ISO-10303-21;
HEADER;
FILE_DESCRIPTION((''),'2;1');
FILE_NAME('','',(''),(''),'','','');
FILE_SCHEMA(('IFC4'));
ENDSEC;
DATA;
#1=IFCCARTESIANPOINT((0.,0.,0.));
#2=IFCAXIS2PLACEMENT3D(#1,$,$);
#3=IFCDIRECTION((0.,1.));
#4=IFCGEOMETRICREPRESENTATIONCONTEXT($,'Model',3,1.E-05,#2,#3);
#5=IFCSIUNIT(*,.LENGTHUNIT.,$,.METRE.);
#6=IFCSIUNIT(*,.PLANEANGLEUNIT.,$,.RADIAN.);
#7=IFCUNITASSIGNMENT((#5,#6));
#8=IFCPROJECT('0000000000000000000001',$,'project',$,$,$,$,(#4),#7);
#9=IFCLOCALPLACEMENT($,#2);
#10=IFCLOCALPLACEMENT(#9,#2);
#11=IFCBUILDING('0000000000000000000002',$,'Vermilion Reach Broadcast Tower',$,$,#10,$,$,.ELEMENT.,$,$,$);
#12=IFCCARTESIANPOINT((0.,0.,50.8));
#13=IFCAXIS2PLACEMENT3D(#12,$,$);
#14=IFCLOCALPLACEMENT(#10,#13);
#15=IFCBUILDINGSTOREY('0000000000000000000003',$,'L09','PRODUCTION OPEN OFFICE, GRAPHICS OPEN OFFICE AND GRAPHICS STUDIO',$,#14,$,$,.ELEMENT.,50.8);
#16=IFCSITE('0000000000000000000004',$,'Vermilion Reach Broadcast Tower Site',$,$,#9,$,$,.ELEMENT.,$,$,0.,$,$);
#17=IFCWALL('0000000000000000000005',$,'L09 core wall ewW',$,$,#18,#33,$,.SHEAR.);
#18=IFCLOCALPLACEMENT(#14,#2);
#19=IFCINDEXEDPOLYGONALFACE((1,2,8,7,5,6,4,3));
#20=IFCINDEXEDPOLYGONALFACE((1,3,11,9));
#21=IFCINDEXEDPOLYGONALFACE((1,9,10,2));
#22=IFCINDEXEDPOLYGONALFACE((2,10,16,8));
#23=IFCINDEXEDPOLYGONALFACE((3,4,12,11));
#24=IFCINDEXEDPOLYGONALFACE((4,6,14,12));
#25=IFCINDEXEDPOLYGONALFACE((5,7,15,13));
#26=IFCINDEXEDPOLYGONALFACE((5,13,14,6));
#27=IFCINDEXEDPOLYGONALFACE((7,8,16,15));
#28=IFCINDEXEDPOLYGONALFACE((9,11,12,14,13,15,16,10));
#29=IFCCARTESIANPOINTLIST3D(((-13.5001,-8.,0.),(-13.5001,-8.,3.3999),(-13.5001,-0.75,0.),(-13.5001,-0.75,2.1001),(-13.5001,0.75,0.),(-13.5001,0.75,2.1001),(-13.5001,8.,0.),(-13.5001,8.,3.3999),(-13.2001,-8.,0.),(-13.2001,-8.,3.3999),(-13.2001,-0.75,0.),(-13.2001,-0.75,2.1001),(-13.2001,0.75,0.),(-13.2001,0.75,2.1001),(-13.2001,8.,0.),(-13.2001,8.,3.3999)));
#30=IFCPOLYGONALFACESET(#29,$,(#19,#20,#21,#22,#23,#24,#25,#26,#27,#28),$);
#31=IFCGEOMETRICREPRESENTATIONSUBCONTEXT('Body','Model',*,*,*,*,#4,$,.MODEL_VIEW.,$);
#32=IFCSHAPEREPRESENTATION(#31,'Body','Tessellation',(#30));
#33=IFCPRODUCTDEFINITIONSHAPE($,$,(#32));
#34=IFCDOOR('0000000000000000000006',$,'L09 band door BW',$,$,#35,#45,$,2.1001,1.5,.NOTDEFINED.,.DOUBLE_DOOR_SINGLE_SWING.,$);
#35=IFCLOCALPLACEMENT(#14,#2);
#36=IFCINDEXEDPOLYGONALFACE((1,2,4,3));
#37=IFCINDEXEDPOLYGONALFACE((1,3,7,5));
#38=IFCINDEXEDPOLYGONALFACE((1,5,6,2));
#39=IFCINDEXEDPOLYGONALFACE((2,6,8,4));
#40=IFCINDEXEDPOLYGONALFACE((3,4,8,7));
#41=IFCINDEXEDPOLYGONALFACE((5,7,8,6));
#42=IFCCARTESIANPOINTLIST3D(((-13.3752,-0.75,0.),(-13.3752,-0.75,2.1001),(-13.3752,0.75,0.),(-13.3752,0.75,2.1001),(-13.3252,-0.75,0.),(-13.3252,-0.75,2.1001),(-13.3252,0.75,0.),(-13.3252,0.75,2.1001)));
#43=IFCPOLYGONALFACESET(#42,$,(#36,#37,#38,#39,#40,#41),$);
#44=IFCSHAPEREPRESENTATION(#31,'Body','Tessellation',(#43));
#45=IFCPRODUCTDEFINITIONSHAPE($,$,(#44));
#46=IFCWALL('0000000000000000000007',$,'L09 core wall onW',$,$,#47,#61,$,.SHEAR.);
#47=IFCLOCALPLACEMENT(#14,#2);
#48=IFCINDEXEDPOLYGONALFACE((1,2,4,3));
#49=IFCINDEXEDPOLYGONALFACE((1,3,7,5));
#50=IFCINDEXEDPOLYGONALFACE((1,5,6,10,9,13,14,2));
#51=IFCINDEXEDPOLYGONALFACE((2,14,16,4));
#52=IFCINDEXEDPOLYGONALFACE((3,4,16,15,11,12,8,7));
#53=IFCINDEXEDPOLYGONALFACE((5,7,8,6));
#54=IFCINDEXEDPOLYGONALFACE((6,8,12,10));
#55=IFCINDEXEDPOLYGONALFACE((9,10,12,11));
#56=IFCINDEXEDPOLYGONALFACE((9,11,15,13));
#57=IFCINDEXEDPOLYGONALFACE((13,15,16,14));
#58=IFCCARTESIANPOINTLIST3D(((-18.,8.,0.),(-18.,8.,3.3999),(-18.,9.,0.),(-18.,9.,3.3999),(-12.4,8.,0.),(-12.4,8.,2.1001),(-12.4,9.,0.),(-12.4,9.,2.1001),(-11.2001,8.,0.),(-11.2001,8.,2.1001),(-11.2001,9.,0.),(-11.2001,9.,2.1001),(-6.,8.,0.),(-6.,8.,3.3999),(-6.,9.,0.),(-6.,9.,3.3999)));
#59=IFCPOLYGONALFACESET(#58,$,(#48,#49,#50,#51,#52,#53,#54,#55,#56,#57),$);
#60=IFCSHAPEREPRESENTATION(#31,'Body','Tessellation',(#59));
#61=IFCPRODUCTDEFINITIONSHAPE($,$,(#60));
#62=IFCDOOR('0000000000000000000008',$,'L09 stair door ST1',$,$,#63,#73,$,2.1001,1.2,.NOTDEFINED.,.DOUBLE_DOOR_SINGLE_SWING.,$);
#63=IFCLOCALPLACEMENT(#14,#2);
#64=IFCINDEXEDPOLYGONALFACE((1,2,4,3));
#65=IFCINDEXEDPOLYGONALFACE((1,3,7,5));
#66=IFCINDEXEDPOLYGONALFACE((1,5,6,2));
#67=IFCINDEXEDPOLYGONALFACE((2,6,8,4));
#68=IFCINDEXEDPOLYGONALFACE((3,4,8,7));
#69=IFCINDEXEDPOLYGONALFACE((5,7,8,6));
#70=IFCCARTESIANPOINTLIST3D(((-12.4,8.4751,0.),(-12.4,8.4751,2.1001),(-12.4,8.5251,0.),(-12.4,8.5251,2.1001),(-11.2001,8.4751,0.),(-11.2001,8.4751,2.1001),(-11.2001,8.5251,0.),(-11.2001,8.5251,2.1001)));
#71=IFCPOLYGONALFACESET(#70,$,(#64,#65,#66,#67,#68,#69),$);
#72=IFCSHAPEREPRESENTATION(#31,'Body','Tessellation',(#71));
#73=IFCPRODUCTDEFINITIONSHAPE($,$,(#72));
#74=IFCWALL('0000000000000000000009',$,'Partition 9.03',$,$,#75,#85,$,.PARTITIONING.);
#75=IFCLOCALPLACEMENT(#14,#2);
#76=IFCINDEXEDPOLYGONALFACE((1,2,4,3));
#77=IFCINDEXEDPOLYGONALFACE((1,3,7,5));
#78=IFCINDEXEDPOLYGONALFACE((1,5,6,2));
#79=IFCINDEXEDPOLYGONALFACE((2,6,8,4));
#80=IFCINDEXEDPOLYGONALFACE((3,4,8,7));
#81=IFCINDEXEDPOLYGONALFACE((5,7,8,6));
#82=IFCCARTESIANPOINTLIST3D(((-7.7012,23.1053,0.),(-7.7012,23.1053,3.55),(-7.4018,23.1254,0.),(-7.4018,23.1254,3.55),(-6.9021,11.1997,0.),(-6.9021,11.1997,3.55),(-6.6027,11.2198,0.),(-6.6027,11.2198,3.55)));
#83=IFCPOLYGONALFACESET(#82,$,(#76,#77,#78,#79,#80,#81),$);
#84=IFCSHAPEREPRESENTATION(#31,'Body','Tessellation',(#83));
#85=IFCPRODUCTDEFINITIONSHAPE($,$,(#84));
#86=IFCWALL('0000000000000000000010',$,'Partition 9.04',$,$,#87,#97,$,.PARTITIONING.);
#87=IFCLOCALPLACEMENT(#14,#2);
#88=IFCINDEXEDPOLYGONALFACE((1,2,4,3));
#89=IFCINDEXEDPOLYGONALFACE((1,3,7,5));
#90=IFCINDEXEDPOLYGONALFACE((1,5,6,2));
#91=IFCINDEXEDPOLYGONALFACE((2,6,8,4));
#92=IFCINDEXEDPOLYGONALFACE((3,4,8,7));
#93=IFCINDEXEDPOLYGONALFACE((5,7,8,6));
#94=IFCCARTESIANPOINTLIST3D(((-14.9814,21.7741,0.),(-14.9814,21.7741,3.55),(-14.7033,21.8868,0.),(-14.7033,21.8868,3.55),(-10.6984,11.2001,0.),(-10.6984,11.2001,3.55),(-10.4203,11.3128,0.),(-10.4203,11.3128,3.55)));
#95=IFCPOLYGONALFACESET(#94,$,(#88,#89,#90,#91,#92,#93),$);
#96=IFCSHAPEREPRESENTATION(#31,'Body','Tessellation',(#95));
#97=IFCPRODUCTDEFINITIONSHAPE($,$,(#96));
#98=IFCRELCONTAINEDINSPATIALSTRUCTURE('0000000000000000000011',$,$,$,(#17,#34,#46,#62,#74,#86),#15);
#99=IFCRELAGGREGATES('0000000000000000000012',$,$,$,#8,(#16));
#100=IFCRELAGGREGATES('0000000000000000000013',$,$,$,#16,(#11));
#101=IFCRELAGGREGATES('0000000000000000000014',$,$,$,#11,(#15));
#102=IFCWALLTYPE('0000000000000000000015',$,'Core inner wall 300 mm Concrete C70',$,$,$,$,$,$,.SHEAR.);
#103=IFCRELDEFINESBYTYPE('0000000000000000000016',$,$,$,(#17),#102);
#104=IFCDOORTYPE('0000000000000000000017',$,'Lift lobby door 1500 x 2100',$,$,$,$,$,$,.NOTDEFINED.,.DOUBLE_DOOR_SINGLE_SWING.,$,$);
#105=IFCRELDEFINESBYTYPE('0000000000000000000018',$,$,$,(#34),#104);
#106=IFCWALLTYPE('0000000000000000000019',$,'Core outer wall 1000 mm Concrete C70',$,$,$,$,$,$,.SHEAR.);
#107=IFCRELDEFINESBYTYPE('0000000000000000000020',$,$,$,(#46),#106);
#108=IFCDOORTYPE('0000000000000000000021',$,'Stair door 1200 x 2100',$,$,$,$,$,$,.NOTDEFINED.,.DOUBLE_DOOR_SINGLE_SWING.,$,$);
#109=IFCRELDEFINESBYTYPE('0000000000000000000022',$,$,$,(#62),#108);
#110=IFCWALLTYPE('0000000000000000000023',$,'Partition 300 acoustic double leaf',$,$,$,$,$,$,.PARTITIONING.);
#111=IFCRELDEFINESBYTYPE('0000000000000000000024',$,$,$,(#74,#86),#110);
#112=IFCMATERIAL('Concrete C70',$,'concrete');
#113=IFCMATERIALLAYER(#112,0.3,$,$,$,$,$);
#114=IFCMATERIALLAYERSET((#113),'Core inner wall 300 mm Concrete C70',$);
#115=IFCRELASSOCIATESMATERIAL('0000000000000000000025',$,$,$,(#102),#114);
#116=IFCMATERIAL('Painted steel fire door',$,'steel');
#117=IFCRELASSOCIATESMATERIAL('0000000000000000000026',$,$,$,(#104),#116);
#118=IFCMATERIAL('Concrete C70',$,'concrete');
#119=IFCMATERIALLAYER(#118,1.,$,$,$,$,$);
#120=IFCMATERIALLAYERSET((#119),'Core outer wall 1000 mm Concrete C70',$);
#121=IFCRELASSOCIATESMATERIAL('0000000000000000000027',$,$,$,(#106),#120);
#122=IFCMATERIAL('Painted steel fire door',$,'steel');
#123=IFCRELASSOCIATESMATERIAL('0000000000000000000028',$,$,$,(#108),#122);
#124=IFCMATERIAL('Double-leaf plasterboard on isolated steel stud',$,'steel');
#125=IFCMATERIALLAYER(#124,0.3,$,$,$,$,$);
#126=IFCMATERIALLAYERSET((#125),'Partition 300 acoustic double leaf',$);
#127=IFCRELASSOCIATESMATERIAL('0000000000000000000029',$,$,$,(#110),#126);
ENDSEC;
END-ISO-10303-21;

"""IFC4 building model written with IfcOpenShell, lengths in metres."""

from ifc_helpers import new_model, si_unit, direction, frame, frame_2d, origin, place, context, subcontext, project, spatial, rectangle, extrude, material, layer, layer_set, type_object, element, fill, save


model = new_model("IFC4")

# Units and contexts
model_context = context("Model", 3, precision=1e-05, world=origin(), true_north=direction((0.0, 1.0)))
body_context = subcontext(model_context, "Body", "Model", "MODEL_VIEW")
ifc_project = project(units=[si_unit("LENGTHUNIT", "METRE"), si_unit("PLANEANGLEUNIT", "RADIAN")], contexts=[model_context])

# Site, building, storey
site_placement = place(None, origin())
site = spatial("IfcSite", under=ifc_project, at=site_placement, Name="Vermilion Reach Broadcast Tower Site", CompositionType="ELEMENT", RefElevation=0.0)
building_placement = place(site_placement, origin())
building = spatial("IfcBuilding", under=site, at=building_placement, Name="Vermilion Reach Broadcast Tower", CompositionType="ELEMENT")
storey_placement = place(building_placement, frame((0.0, 0.0, 50.8)))
storey = spatial("IfcBuildingStorey", under=building, at=storey_placement, Name="L09", Description="PRODUCTION OPEN OFFICE, GRAPHICS OPEN OFFICE AND GRAPHICS STUDIO", CompositionType="ELEMENT", Elevation=50.8)

# Walls, openings, doors
ifc_material_1 = material(Name="Concrete C70", Category="concrete")
ifc_layer_1 = layer(ifc_material_1, 0.3)
ifc_layer_set_1 = layer_set([ifc_layer_1], Name="Core inner wall 300 mm Concrete C70")
wall_type_1 = type_object("IfcWallType", Name="Core inner wall 300 mm Concrete C70", PredefinedType="SHEAR", material=ifc_layer_set_1)
wall_1_placement = place(storey_placement, frame((-13.3501, 8.0, 0.0), z_axis=(0.0, 0.0, 1.0), x_axis=(0.0, -1.0, 0.0)))
wall_1 = element("IfcWall", 1, at=wall_1_placement, inside=storey, type_object=wall_type_1, Name="L09 core wall ewW", PredefinedType="SHEAR", context=body_context, shape_type="SweptSolid", body=[
    extrude(rectangle(XDim=16.0, YDim=0.3, at=frame_2d((8.0, 0.0))), origin(), (0.0, 0.0, 1.0), 3.3999),
])
opening_1_placement = place(wall_1_placement, frame((7.25, 0.0, 0.0)))
opening_1 = element("IfcOpeningElement", 2, at=opening_1_placement, cuts=wall_1, PredefinedType="OPENING", context=body_context, shape_type="SweptSolid", body=[
    extrude(rectangle(XDim=1.5, YDim=2.1001, at=frame_2d((0.75, 1.05))), frame((0.0, 0.1599, 0.0), z_axis=(0.0, -1.0, 0.0), x_axis=(1.0, 0.0, 0.0)), (0.0, 0.0, 1.0), 0.3201),
])
ifc_material_2 = material(Name="Painted steel fire door", Category="steel")
door_type_1 = type_object("IfcDoorType", Name="Lift lobby door 1500 x 2100", OperationType="DOUBLE_DOOR_SINGLE_SWING", PredefinedType="NOTDEFINED", material=ifc_material_2)
door_1_placement = place(opening_1_placement, origin())
door_1 = element("IfcDoor", 3, at=door_1_placement, inside=storey, type_object=door_type_1, Name="L09 band door BW", OperationType="DOUBLE_DOOR_SINGLE_SWING", OverallHeight=2.1001, OverallWidth=1.5, PredefinedType="NOTDEFINED", context=body_context, shape_type="SweptSolid", body=[
    extrude(rectangle(XDim=1.5, YDim=2.1001, at=frame_2d((0.75, 1.05))), frame((0.0, 0.0249, 0.0), z_axis=(0.0, -1.0, 0.0), x_axis=(1.0, 0.0, 0.0)), (0.0, 0.0, 1.0), 0.05),
])
fill(opening_1, door_1)
ifc_material_3 = material(Name="Concrete C70", Category="concrete")
ifc_layer_2 = layer(ifc_material_3, 1.0)
ifc_layer_set_2 = layer_set([ifc_layer_2], Name="Core outer wall 1000 mm Concrete C70")
wall_type_2 = type_object("IfcWallType", Name="Core outer wall 1000 mm Concrete C70", PredefinedType="SHEAR", material=ifc_layer_set_2)
wall_2_placement = place(storey_placement, frame((-6.0, 8.5, 0.0), z_axis=(0.0, 0.0, 1.0), x_axis=(-1.0, 0.0, 0.0)))
wall_2 = element("IfcWall", 4, at=wall_2_placement, inside=storey, type_object=wall_type_2, Name="L09 core wall onW", PredefinedType="SHEAR", context=body_context, shape_type="SweptSolid", body=[
    extrude(rectangle(XDim=12.0, YDim=1.0, at=frame_2d((6.0, 0.0))), origin(), (0.0, 0.0, 1.0), 3.3999),
])
opening_2_placement = place(wall_2_placement, frame((5.2, 0.0, 0.0)))
opening_2 = element("IfcOpeningElement", 5, at=opening_2_placement, cuts=wall_2, PredefinedType="OPENING", context=body_context, shape_type="SweptSolid", body=[
    extrude(rectangle(XDim=1.2, YDim=2.1001, at=frame_2d((0.6001, 1.05))), frame((0.0, 0.51, 0.0), z_axis=(0.0, -1.0, 0.0), x_axis=(1.0, 0.0, 0.0)), (0.0, 0.0, 1.0), 1.02),
])
ifc_material_4 = material(Name="Painted steel fire door", Category="steel")
door_type_2 = type_object("IfcDoorType", Name="Stair door 1200 x 2100", OperationType="DOUBLE_DOOR_SINGLE_SWING", PredefinedType="NOTDEFINED", material=ifc_material_4)
door_2_placement = place(opening_2_placement, origin())
door_2 = element("IfcDoor", 6, at=door_2_placement, inside=storey, type_object=door_type_2, Name="L09 stair door ST1", OperationType="DOUBLE_DOOR_SINGLE_SWING", OverallHeight=2.1001, OverallWidth=1.2, PredefinedType="NOTDEFINED", context=body_context, shape_type="SweptSolid", body=[
    extrude(rectangle(XDim=1.2, YDim=2.1001, at=frame_2d((0.6001, 1.05))), frame((0.0, 0.0249, 0.0), z_axis=(0.0, -1.0, 0.0), x_axis=(1.0, 0.0, 0.0)), (0.0, 0.0, 1.0), 0.05),
])
fill(opening_2, door_2)

# Walls
ifc_material_5 = material(Name="Double-leaf plasterboard on isolated steel stud", Category="steel")
ifc_layer_3 = layer(ifc_material_5, 0.3)
ifc_layer_set_3 = layer_set([ifc_layer_3], Name="Partition 300 acoustic double leaf")
wall_type_3 = type_object("IfcWallType", Name="Partition 300 acoustic double leaf", PredefinedType="PARTITIONING", material=ifc_layer_set_3)
wall_3_placement = place(storey_placement, frame((-7.5515, 23.1155, 0.0), z_axis=(0.0, 0.0, 1.0), x_axis=(0.066967, -0.997755, 0.0)))
element("IfcWall", 7, at=wall_3_placement, inside=storey, type_object=wall_type_3, Name="Partition 9.03", PredefinedType="PARTITIONING", context=body_context, shape_type="SweptSolid", body=[
    extrude(rectangle(XDim=11.9324, YDim=0.3, at=frame_2d((5.9663, 0.0))), origin(), (0.0, 0.0, 1.0), 3.55),
])
wall_4_placement = place(storey_placement, frame((-14.8423, 21.8303, 0.0), z_axis=(0.0, 0.0, 1.0), x_axis=(0.37542, -0.926855, 0.0)))
element("IfcWall", 8, at=wall_4_placement, inside=storey, type_object=wall_type_3, Name="Partition 9.04", PredefinedType="PARTITIONING", context=body_context, shape_type="SweptSolid", body=[
    extrude(rectangle(XDim=11.4084, YDim=0.3, at=frame_2d((5.7041, 0.0))), origin(), (0.0, 0.0, 1.0), 3.55),
])

save(model, "model.ifc")
